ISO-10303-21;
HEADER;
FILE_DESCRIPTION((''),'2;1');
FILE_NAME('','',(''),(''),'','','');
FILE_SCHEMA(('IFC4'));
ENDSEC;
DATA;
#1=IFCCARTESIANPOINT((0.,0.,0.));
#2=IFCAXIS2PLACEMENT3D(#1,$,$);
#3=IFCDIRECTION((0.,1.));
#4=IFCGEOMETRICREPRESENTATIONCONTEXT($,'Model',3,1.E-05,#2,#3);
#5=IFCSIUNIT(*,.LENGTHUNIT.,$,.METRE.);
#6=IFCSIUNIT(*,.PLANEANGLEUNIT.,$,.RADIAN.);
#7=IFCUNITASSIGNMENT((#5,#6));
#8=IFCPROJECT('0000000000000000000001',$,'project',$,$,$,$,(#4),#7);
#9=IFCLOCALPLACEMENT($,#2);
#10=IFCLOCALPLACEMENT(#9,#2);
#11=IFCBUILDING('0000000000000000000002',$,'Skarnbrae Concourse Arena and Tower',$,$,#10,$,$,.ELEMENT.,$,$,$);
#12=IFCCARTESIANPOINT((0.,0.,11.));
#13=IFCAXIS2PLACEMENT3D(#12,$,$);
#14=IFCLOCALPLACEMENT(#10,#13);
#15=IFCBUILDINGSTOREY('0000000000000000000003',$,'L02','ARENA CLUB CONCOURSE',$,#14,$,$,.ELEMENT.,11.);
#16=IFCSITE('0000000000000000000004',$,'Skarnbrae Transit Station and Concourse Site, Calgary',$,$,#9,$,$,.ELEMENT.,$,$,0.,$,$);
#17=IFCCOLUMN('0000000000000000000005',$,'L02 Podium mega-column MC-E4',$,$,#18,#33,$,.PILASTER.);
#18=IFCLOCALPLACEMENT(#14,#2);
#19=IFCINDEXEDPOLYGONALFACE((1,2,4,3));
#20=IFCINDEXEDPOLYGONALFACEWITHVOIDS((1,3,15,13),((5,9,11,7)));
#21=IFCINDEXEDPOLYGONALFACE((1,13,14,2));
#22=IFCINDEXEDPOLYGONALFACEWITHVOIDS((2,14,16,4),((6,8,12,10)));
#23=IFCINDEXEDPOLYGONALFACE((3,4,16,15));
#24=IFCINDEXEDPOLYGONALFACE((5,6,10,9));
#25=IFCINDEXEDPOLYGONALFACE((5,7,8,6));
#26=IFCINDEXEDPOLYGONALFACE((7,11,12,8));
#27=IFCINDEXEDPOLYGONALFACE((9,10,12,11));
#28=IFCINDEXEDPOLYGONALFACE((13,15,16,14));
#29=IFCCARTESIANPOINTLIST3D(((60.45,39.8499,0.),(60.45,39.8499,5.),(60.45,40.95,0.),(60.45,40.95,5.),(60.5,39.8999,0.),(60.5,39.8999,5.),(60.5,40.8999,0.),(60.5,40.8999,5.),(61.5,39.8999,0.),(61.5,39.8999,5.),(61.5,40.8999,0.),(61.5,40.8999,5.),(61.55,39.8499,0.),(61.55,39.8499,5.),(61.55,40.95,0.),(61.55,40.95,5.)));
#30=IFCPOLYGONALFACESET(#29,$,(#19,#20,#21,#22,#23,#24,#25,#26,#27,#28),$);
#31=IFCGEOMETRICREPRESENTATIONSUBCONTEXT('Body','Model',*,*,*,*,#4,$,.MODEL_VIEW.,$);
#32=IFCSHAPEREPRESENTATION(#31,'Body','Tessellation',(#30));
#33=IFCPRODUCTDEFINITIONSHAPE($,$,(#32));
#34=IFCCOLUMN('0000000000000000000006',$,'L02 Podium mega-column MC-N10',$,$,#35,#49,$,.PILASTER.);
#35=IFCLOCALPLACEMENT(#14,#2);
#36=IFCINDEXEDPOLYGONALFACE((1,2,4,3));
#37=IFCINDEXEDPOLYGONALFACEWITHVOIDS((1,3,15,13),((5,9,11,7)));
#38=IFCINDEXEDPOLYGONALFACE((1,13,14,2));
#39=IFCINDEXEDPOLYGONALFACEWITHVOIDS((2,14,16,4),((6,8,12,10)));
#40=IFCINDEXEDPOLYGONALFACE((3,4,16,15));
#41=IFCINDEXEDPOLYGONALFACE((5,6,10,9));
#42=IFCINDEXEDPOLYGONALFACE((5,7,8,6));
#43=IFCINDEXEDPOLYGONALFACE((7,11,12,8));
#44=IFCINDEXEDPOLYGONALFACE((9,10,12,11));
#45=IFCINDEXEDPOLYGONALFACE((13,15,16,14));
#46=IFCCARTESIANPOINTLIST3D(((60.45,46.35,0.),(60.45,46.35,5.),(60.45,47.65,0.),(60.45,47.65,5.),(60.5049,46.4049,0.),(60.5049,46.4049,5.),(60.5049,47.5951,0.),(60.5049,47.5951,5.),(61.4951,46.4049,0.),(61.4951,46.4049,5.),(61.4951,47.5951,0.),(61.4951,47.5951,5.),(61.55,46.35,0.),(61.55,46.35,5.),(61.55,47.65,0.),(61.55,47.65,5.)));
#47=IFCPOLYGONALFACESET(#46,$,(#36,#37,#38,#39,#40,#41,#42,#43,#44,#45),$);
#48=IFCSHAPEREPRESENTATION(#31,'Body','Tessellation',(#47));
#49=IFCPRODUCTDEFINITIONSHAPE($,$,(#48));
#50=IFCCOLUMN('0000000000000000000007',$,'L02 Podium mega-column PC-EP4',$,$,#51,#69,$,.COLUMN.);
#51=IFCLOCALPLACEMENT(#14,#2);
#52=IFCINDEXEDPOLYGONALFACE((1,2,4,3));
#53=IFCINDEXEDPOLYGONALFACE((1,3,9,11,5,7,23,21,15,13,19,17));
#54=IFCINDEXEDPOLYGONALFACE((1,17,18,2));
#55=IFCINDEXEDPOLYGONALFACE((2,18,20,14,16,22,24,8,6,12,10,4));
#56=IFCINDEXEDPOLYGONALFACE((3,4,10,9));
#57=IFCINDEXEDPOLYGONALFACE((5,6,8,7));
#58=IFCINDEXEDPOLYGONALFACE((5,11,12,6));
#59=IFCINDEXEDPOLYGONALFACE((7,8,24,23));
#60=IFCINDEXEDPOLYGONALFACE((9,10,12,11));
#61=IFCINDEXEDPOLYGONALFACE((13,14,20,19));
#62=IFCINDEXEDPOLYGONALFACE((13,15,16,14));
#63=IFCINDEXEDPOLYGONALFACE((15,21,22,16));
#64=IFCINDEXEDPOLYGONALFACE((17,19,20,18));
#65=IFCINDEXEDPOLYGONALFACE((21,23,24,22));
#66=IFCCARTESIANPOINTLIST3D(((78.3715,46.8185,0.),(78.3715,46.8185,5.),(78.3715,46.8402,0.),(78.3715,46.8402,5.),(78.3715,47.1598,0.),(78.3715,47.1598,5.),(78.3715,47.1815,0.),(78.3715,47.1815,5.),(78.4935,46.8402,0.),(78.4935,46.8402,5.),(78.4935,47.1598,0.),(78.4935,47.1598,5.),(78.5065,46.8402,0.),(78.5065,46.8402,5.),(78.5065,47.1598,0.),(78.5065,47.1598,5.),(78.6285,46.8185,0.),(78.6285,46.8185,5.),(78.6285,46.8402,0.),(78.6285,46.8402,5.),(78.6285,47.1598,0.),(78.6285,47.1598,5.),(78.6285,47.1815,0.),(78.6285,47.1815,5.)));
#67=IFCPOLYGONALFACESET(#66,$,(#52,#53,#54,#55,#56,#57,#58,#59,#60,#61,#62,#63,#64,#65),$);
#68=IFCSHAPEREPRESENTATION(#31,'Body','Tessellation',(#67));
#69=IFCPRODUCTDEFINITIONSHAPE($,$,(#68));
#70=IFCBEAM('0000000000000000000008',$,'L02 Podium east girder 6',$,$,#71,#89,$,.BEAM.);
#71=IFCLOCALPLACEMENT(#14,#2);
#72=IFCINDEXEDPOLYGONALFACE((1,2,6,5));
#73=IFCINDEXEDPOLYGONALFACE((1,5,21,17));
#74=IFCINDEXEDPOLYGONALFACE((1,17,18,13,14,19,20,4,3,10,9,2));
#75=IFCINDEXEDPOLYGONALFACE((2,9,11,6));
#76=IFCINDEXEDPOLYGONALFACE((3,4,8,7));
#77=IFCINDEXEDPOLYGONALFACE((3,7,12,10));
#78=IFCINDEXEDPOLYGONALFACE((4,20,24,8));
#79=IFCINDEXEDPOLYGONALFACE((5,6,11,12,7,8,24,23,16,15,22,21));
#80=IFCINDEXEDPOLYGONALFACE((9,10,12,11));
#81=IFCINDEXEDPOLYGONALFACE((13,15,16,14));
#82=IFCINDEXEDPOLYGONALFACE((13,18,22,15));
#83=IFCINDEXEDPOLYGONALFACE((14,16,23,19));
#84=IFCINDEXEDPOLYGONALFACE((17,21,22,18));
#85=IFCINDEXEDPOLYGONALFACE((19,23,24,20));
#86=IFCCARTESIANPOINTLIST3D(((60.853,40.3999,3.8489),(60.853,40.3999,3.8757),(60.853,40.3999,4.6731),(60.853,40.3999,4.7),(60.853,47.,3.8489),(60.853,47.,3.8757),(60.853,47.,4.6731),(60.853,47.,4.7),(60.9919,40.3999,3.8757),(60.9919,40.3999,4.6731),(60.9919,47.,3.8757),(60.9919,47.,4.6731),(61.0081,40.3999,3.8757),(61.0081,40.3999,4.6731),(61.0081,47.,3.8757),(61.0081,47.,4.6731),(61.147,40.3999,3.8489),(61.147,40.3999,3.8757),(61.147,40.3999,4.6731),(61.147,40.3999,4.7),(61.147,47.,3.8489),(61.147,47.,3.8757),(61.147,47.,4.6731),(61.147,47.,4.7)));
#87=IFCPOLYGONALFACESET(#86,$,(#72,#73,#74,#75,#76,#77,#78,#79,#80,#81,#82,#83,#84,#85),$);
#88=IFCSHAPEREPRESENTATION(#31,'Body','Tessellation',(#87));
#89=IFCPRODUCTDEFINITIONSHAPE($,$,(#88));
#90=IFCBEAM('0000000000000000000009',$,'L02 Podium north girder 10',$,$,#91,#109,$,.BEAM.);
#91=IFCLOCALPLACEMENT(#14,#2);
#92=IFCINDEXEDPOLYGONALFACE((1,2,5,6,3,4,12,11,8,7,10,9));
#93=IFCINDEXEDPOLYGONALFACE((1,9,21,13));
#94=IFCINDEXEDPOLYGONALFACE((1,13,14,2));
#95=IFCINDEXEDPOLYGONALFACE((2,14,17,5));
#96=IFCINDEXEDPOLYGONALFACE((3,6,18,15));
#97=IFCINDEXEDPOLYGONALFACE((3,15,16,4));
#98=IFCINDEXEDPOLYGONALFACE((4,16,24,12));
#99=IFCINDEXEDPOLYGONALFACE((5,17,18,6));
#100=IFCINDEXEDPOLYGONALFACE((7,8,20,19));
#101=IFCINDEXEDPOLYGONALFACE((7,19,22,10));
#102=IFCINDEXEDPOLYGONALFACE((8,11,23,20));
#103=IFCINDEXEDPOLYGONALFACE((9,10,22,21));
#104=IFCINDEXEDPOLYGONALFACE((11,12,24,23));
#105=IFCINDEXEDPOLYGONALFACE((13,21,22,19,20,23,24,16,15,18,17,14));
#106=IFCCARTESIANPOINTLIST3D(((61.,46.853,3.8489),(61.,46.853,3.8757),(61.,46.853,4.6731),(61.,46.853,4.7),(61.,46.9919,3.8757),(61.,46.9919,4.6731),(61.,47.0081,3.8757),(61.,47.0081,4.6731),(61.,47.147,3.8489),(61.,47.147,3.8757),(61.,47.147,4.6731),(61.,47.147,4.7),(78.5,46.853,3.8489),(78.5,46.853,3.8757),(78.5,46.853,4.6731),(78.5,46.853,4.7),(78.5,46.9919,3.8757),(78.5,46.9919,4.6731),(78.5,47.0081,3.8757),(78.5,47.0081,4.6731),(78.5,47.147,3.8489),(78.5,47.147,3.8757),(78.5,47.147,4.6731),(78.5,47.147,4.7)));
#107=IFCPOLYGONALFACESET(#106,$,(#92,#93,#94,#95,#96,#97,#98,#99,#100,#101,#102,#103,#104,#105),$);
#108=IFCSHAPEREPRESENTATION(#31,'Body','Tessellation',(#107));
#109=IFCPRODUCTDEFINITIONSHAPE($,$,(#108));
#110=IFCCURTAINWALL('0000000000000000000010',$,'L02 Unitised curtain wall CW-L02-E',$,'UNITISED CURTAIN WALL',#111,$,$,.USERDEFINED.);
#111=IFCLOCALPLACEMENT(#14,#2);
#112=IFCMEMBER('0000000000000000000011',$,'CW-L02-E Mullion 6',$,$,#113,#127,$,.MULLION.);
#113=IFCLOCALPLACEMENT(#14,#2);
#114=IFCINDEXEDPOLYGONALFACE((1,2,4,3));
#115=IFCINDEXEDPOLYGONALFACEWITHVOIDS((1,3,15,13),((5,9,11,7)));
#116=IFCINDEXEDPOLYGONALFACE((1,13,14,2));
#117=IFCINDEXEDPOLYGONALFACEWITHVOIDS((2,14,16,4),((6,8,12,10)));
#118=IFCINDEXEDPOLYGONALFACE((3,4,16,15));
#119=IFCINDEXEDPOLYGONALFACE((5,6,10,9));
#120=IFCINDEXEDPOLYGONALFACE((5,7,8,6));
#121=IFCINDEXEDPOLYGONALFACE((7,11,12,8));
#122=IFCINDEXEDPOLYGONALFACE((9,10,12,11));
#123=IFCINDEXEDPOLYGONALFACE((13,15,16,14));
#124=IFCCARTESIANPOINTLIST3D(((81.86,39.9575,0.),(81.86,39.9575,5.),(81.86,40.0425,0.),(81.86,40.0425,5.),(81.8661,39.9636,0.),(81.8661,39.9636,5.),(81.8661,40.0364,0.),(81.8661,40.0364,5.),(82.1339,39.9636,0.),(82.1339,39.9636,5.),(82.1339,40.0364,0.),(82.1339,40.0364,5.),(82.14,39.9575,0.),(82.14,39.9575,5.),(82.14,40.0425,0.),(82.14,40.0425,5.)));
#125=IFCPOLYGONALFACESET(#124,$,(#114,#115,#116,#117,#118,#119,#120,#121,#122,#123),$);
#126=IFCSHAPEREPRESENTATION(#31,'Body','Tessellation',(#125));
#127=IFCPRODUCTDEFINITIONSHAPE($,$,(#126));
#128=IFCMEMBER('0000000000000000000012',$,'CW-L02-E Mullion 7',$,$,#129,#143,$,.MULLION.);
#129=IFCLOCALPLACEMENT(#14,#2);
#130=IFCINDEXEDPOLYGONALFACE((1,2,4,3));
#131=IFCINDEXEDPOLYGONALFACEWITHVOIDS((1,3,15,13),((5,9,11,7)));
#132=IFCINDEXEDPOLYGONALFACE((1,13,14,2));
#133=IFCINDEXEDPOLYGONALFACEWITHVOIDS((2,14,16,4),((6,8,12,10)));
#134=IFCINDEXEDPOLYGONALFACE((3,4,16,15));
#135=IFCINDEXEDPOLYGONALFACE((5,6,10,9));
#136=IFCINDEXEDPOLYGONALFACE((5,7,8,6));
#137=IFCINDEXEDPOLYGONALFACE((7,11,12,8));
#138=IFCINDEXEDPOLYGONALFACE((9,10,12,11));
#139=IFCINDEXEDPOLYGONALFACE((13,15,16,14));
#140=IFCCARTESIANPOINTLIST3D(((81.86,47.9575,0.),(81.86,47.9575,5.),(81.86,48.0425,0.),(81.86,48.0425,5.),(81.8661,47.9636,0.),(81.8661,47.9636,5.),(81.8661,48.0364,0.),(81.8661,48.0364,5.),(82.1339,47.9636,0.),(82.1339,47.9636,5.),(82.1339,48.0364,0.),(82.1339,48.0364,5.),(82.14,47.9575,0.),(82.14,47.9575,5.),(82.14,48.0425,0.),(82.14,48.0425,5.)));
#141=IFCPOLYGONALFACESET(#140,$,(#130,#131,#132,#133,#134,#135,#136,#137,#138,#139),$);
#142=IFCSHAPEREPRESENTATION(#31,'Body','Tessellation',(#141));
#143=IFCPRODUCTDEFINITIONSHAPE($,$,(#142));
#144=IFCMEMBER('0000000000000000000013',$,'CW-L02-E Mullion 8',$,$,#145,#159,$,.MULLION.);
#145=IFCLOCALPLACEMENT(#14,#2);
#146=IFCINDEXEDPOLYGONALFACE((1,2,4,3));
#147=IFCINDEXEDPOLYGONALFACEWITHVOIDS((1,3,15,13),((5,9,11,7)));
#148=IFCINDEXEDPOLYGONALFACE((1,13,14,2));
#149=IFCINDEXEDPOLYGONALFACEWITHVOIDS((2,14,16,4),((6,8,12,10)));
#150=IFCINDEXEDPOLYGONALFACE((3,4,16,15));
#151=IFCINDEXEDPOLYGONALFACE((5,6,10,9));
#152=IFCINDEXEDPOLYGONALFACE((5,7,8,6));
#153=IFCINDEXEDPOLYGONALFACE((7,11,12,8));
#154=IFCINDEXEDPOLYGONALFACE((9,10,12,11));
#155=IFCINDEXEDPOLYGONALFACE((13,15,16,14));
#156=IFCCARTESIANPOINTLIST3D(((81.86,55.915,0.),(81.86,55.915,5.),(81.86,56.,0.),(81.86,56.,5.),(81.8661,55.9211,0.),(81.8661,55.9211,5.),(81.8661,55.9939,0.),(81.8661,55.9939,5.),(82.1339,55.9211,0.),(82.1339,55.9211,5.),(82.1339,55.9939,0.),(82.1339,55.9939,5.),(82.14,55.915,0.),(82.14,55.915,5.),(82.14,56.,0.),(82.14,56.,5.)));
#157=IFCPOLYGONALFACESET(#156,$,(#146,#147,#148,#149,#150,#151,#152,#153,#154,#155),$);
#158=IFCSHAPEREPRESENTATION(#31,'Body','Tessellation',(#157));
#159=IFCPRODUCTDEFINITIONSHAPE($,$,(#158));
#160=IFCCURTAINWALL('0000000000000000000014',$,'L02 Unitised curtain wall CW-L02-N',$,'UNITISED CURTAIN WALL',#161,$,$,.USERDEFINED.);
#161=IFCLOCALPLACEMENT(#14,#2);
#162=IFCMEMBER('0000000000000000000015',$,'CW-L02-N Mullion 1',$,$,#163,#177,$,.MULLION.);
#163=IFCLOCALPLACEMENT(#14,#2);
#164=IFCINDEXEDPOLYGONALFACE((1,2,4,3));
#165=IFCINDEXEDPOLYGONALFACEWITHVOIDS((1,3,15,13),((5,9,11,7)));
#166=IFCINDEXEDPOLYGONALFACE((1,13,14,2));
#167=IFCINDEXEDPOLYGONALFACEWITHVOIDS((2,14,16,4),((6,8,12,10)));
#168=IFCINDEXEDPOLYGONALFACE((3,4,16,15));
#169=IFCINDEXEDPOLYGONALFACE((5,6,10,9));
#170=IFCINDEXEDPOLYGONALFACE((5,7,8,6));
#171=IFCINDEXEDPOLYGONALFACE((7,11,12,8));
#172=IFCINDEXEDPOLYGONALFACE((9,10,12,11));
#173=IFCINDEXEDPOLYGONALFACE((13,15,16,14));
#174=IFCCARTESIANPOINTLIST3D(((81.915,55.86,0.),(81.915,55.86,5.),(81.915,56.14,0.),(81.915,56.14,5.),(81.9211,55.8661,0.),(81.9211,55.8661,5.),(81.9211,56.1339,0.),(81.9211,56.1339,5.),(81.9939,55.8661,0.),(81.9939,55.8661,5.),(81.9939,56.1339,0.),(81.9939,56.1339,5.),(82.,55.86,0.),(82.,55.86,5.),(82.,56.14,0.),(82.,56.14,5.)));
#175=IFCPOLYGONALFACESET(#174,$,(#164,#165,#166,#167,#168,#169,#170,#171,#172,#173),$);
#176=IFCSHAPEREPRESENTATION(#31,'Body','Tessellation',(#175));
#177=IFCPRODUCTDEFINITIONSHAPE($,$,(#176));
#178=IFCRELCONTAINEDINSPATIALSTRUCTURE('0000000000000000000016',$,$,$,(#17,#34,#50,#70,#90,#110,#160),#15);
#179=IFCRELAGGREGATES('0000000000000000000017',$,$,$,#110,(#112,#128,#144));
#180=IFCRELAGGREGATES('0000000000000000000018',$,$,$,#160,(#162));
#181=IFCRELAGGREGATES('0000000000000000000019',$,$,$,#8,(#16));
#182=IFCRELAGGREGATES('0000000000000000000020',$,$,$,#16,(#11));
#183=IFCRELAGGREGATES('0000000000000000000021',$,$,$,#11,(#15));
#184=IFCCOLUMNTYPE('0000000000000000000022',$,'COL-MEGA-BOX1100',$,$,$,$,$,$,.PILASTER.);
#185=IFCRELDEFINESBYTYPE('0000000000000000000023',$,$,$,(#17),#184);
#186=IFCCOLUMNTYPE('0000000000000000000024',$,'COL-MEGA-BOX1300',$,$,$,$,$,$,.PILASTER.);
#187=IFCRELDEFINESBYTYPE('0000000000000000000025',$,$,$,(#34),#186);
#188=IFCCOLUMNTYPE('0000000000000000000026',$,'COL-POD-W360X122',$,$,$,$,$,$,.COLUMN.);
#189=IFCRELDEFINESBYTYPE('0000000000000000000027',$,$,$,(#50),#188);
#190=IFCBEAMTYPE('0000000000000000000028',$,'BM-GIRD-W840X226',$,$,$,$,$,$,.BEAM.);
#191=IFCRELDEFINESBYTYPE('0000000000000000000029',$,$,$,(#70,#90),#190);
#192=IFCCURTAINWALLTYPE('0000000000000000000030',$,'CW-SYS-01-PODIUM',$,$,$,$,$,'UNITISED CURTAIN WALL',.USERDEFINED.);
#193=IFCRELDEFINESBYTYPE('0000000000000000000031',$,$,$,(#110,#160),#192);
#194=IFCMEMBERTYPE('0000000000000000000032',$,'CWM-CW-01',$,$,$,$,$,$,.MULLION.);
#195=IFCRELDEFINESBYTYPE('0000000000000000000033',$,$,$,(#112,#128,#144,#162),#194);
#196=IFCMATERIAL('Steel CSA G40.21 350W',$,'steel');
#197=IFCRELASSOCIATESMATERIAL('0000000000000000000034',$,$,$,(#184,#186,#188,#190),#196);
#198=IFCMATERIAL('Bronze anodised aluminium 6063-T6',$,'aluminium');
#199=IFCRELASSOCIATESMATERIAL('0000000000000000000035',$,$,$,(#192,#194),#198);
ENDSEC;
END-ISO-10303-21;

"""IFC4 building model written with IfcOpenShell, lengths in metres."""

from ifc_helpers import new_model, si_unit, direction, frame, origin, origin_2d, place, context, subcontext, project, spatial, hollow_rectangle, i_section, extrude, source, transform, mapped, material, material_profile, profile_set, type_object, element, aggregate, save


model = new_model("IFC4")

# Units and contexts
model_context = context("Model", 3, precision=1e-05, world=origin(), true_north=direction((0.0, 1.0)))
body_context = subcontext(model_context, "Body", "Model", "MODEL_VIEW")
ifc_project = project(units=[si_unit("LENGTHUNIT", "METRE"), si_unit("PLANEANGLEUNIT", "RADIAN")], contexts=[model_context])

# Site, building, storey
site_placement = place(None, origin())
site = spatial("IfcSite", under=ifc_project, at=site_placement, Name="Skarnbrae Transit Station and Concourse Site, Calgary", CompositionType="ELEMENT", RefElevation=0.0)
building_placement = place(site_placement, origin())
building = spatial("IfcBuilding", under=site, at=building_placement, Name="Skarnbrae Concourse Arena and Tower", CompositionType="ELEMENT")
storey_placement = place(building_placement, frame((0.0, 0.0, 11.0)))
storey = spatial("IfcBuildingStorey", under=building, at=storey_placement, Name="L02", Description="ARENA CLUB CONCOURSE", CompositionType="ELEMENT", Elevation=11.0)

# Columns
ifc_material_1 = material(Name="Steel CSA G40.21 350W", Category="steel")
ifc_material_profile_1 = material_profile(ifc_material_1, hollow_rectangle(XDim=1.1001, YDim=1.1001, WallThickness=0.05, at=origin_2d()), Name="BOX1100X1100X50")
ifc_profile_set_1 = profile_set([ifc_material_profile_1], Name="Steel CSA G40.21 350W")
column_type_1 = type_object("IfcColumnType", Name="COL-MEGA-BOX1100", PredefinedType="PILASTER", material=ifc_profile_set_1)
shared_shape_1 = source(origin(), body_context, "Body", "SweptSolid", [
    extrude(hollow_rectangle(XDim=1.1001, YDim=1.1001, WallThickness=0.05, at=origin_2d()), origin(), (0.0, 0.0, 1.0), 5.0),
])
column_1_placement = place(storey_placement, frame((61.0, 40.3999, 0.0), z_axis=(0.0, 0.0, 1.0), x_axis=(1.0, 0.0, 0.0)))
element("IfcColumn", 1, at=column_1_placement, inside=storey, type_object=column_type_1, Name="L02 Podium mega-column MC-E4", PredefinedType="PILASTER", context=body_context, shape_type="MappedRepresentation", body=[
    mapped(shared_shape_1, transform((0.0, 0.0, 0.0))),
])
ifc_material_profile_2 = material_profile(ifc_material_1, hollow_rectangle(XDim=1.1001, YDim=1.3, WallThickness=0.0549, at=origin_2d()), Name="BOX1300X1100X55")
ifc_profile_set_2 = profile_set([ifc_material_profile_2], Name="Steel CSA G40.21 350W")
column_type_2 = type_object("IfcColumnType", Name="COL-MEGA-BOX1300", PredefinedType="PILASTER", material=ifc_profile_set_2)
shared_shape_2 = source(origin(), body_context, "Body", "SweptSolid", [
    extrude(hollow_rectangle(XDim=1.1001, YDim=1.3, WallThickness=0.0549, at=origin_2d()), origin(), (0.0, 0.0, 1.0), 5.0),
])
column_2_placement = place(storey_placement, frame((61.0, 47.0, 0.0), z_axis=(0.0, 0.0, 1.0), x_axis=(1.0, 0.0, 0.0)))
element("IfcColumn", 2, at=column_2_placement, inside=storey, type_object=column_type_2, Name="L02 Podium mega-column MC-N10", PredefinedType="PILASTER", context=body_context, shape_type="MappedRepresentation", body=[
    mapped(shared_shape_2, transform((0.0, 0.0, 0.0))),
])
ifc_material_profile_3 = material_profile(ifc_material_1, i_section(OverallWidth=0.2571, OverallDepth=0.363, WebThickness=0.0129, FlangeThickness=0.0217, at=origin_2d()), Name="W360X122")
ifc_profile_set_3 = profile_set([ifc_material_profile_3], Name="Steel CSA G40.21 350W")
column_type_3 = type_object("IfcColumnType", Name="COL-POD-W360X122", PredefinedType="COLUMN", material=ifc_profile_set_3)
shared_shape_3 = source(origin(), body_context, "Body", "SweptSolid", [
    extrude(i_section(OverallWidth=0.2571, OverallDepth=0.363, WebThickness=0.0129, FlangeThickness=0.0217, at=origin_2d()), origin(), (0.0, 0.0, 1.0), 5.0),
])
column_3_placement = place(storey_placement, frame((78.5, 47.0, 0.0), z_axis=(0.0, 0.0, 1.0), x_axis=(1.0, 0.0, 0.0)))
element("IfcColumn", 3, at=column_3_placement, inside=storey, type_object=column_type_3, Name="L02 Podium mega-column PC-EP4", PredefinedType="COLUMN", context=body_context, shape_type="MappedRepresentation", body=[
    mapped(shared_shape_3, transform((0.0, 0.0, 0.0))),
])

# Beams
ifc_material_profile_4 = material_profile(ifc_material_1, i_section(OverallWidth=0.2939, OverallDepth=0.8511, WebThickness=0.0161, FlangeThickness=0.0269, at=origin_2d()), Name="W840X226")
ifc_profile_set_4 = profile_set([ifc_material_profile_4], Name="Steel CSA G40.21 350W")
beam_type = type_object("IfcBeamType", Name="BM-GIRD-W840X226", PredefinedType="BEAM", material=ifc_profile_set_4)
shared_shape_4 = source(origin(), body_context, "Body", "SweptSolid", [
    extrude(i_section(OverallWidth=0.2939, OverallDepth=0.8511, WebThickness=0.0161, FlangeThickness=0.0269, at=origin_2d()), origin(), (0.0, 0.0, 1.0), 6.6001),
])
beam_1_placement = place(storey_placement, frame((61.0, 40.3999, 4.2744), z_axis=(0.0, 1.0, 0.0), x_axis=(-1.0, 0.0, 0.0)))
element("IfcBeam", 4, at=beam_1_placement, inside=storey, type_object=beam_type, Name="L02 Podium east girder 6", PredefinedType="BEAM", context=body_context, shape_type="MappedRepresentation", body=[
    mapped(shared_shape_4, transform((0.0, 0.0, 0.0))),
])
shared_shape_5 = source(origin(), body_context, "Body", "SweptSolid", [
    extrude(i_section(OverallWidth=0.2939, OverallDepth=0.8511, WebThickness=0.0161, FlangeThickness=0.0269, at=origin_2d()), origin(), (0.0, 0.0, 1.0), 17.5),
])
beam_2_placement = place(storey_placement, frame((61.0, 47.0, 4.2744), z_axis=(1.0, 0.0, 0.0), x_axis=(0.0, 1.0, 0.0)))
element("IfcBeam", 5, at=beam_2_placement, inside=storey, type_object=beam_type, Name="L02 Podium north girder 10", PredefinedType="BEAM", context=body_context, shape_type="MappedRepresentation", body=[
    mapped(shared_shape_5, transform((0.0, 0.0, 0.0))),
])

# Curtain walls, members
ifc_material_2 = material(Name="Bronze anodised aluminium 6063-T6", Category="aluminium")
curtain_wall_type = type_object("IfcCurtainWallType", Name="CW-SYS-01-PODIUM", ElementType="UNITISED CURTAIN WALL", PredefinedType="USERDEFINED", material=ifc_material_2)
curtain_wall_1_placement = place(storey_placement, origin())
curtain_wall_1 = element("IfcCurtainWall", 6, at=curtain_wall_1_placement, inside=storey, type_object=curtain_wall_type, Name="L02 Unitised curtain wall CW-L02-E", ObjectType="UNITISED CURTAIN WALL", PredefinedType="USERDEFINED")
ifc_material_profile_5 = material_profile(ifc_material_2, hollow_rectangle(XDim=0.085, YDim=0.28, WallThickness=0.0061, at=origin_2d()), Name="ALU-MULL-85X280")
ifc_profile_set_5 = profile_set([ifc_material_profile_5], Name="Bronze anodised aluminium 6063-T6")
member_type_1 = type_object("IfcMemberType", Name="CWM-CW-01", PredefinedType="MULLION", material=ifc_profile_set_5)
shared_shape_6 = source(origin(), body_context, "Body", "SweptSolid", [
    extrude(hollow_rectangle(XDim=0.085, YDim=0.28, WallThickness=0.0061, at=origin_2d()), origin(), (0.0, 0.0, 1.0), 5.0),
])
member_1_placement = place(storey_placement, frame((82.0, 40.0, 0.0), z_axis=(0.0, 0.0, 1.0), x_axis=(0.0, 1.0, 0.0)))
member_1 = element("IfcMember", 7, at=member_1_placement, type_object=member_type_1, Name="CW-L02-E Mullion 6", PredefinedType="MULLION", context=body_context, shape_type="MappedRepresentation", body=[
    mapped(shared_shape_6, transform((0.0, 0.0, 0.0))),
])
member_2_placement = place(storey_placement, frame((82.0, 48.0, 0.0), z_axis=(0.0, 0.0, 1.0), x_axis=(0.0, 1.0, 0.0)))
member_2 = element("IfcMember", 8, at=member_2_placement, type_object=member_type_1, Name="CW-L02-E Mullion 7", PredefinedType="MULLION", context=body_context, shape_type="MappedRepresentation", body=[
    mapped(shared_shape_6, transform((0.0, 0.0, 0.0))),
])
member_3_placement = place(storey_placement, frame((82.0, 55.9575, 0.0), z_axis=(0.0, 0.0, 1.0), x_axis=(0.0, 1.0, 0.0)))
member_3 = element("IfcMember", 9, at=member_3_placement, type_object=member_type_1, Name="CW-L02-E Mullion 8", PredefinedType="MULLION", context=body_context, shape_type="MappedRepresentation", body=[
    mapped(shared_shape_6, transform((0.0, 0.0, 0.0))),
])
curtain_wall_2_placement = place(storey_placement, origin())
curtain_wall_2 = element("IfcCurtainWall", 10, at=curtain_wall_2_placement, inside=storey, type_object=curtain_wall_type, Name="L02 Unitised curtain wall CW-L02-N", ObjectType="UNITISED CURTAIN WALL", PredefinedType="USERDEFINED")
member_4_placement = place(storey_placement, frame((81.9575, 56.0, 0.0), z_axis=(0.0, 0.0, 1.0), x_axis=(-1.0, 0.0, 0.0)))
member_4 = element("IfcMember", 11, at=member_4_placement, type_object=member_type_1, Name="CW-L02-N Mullion 1", PredefinedType="MULLION", context=body_context, shape_type="MappedRepresentation", body=[
    mapped(shared_shape_6, transform((0.0, 0.0, 0.0))),
])

aggregate(curtain_wall_1, [member_1, member_2, member_3])
aggregate(curtain_wall_2, [member_4])

save(model, "model.ifc")
